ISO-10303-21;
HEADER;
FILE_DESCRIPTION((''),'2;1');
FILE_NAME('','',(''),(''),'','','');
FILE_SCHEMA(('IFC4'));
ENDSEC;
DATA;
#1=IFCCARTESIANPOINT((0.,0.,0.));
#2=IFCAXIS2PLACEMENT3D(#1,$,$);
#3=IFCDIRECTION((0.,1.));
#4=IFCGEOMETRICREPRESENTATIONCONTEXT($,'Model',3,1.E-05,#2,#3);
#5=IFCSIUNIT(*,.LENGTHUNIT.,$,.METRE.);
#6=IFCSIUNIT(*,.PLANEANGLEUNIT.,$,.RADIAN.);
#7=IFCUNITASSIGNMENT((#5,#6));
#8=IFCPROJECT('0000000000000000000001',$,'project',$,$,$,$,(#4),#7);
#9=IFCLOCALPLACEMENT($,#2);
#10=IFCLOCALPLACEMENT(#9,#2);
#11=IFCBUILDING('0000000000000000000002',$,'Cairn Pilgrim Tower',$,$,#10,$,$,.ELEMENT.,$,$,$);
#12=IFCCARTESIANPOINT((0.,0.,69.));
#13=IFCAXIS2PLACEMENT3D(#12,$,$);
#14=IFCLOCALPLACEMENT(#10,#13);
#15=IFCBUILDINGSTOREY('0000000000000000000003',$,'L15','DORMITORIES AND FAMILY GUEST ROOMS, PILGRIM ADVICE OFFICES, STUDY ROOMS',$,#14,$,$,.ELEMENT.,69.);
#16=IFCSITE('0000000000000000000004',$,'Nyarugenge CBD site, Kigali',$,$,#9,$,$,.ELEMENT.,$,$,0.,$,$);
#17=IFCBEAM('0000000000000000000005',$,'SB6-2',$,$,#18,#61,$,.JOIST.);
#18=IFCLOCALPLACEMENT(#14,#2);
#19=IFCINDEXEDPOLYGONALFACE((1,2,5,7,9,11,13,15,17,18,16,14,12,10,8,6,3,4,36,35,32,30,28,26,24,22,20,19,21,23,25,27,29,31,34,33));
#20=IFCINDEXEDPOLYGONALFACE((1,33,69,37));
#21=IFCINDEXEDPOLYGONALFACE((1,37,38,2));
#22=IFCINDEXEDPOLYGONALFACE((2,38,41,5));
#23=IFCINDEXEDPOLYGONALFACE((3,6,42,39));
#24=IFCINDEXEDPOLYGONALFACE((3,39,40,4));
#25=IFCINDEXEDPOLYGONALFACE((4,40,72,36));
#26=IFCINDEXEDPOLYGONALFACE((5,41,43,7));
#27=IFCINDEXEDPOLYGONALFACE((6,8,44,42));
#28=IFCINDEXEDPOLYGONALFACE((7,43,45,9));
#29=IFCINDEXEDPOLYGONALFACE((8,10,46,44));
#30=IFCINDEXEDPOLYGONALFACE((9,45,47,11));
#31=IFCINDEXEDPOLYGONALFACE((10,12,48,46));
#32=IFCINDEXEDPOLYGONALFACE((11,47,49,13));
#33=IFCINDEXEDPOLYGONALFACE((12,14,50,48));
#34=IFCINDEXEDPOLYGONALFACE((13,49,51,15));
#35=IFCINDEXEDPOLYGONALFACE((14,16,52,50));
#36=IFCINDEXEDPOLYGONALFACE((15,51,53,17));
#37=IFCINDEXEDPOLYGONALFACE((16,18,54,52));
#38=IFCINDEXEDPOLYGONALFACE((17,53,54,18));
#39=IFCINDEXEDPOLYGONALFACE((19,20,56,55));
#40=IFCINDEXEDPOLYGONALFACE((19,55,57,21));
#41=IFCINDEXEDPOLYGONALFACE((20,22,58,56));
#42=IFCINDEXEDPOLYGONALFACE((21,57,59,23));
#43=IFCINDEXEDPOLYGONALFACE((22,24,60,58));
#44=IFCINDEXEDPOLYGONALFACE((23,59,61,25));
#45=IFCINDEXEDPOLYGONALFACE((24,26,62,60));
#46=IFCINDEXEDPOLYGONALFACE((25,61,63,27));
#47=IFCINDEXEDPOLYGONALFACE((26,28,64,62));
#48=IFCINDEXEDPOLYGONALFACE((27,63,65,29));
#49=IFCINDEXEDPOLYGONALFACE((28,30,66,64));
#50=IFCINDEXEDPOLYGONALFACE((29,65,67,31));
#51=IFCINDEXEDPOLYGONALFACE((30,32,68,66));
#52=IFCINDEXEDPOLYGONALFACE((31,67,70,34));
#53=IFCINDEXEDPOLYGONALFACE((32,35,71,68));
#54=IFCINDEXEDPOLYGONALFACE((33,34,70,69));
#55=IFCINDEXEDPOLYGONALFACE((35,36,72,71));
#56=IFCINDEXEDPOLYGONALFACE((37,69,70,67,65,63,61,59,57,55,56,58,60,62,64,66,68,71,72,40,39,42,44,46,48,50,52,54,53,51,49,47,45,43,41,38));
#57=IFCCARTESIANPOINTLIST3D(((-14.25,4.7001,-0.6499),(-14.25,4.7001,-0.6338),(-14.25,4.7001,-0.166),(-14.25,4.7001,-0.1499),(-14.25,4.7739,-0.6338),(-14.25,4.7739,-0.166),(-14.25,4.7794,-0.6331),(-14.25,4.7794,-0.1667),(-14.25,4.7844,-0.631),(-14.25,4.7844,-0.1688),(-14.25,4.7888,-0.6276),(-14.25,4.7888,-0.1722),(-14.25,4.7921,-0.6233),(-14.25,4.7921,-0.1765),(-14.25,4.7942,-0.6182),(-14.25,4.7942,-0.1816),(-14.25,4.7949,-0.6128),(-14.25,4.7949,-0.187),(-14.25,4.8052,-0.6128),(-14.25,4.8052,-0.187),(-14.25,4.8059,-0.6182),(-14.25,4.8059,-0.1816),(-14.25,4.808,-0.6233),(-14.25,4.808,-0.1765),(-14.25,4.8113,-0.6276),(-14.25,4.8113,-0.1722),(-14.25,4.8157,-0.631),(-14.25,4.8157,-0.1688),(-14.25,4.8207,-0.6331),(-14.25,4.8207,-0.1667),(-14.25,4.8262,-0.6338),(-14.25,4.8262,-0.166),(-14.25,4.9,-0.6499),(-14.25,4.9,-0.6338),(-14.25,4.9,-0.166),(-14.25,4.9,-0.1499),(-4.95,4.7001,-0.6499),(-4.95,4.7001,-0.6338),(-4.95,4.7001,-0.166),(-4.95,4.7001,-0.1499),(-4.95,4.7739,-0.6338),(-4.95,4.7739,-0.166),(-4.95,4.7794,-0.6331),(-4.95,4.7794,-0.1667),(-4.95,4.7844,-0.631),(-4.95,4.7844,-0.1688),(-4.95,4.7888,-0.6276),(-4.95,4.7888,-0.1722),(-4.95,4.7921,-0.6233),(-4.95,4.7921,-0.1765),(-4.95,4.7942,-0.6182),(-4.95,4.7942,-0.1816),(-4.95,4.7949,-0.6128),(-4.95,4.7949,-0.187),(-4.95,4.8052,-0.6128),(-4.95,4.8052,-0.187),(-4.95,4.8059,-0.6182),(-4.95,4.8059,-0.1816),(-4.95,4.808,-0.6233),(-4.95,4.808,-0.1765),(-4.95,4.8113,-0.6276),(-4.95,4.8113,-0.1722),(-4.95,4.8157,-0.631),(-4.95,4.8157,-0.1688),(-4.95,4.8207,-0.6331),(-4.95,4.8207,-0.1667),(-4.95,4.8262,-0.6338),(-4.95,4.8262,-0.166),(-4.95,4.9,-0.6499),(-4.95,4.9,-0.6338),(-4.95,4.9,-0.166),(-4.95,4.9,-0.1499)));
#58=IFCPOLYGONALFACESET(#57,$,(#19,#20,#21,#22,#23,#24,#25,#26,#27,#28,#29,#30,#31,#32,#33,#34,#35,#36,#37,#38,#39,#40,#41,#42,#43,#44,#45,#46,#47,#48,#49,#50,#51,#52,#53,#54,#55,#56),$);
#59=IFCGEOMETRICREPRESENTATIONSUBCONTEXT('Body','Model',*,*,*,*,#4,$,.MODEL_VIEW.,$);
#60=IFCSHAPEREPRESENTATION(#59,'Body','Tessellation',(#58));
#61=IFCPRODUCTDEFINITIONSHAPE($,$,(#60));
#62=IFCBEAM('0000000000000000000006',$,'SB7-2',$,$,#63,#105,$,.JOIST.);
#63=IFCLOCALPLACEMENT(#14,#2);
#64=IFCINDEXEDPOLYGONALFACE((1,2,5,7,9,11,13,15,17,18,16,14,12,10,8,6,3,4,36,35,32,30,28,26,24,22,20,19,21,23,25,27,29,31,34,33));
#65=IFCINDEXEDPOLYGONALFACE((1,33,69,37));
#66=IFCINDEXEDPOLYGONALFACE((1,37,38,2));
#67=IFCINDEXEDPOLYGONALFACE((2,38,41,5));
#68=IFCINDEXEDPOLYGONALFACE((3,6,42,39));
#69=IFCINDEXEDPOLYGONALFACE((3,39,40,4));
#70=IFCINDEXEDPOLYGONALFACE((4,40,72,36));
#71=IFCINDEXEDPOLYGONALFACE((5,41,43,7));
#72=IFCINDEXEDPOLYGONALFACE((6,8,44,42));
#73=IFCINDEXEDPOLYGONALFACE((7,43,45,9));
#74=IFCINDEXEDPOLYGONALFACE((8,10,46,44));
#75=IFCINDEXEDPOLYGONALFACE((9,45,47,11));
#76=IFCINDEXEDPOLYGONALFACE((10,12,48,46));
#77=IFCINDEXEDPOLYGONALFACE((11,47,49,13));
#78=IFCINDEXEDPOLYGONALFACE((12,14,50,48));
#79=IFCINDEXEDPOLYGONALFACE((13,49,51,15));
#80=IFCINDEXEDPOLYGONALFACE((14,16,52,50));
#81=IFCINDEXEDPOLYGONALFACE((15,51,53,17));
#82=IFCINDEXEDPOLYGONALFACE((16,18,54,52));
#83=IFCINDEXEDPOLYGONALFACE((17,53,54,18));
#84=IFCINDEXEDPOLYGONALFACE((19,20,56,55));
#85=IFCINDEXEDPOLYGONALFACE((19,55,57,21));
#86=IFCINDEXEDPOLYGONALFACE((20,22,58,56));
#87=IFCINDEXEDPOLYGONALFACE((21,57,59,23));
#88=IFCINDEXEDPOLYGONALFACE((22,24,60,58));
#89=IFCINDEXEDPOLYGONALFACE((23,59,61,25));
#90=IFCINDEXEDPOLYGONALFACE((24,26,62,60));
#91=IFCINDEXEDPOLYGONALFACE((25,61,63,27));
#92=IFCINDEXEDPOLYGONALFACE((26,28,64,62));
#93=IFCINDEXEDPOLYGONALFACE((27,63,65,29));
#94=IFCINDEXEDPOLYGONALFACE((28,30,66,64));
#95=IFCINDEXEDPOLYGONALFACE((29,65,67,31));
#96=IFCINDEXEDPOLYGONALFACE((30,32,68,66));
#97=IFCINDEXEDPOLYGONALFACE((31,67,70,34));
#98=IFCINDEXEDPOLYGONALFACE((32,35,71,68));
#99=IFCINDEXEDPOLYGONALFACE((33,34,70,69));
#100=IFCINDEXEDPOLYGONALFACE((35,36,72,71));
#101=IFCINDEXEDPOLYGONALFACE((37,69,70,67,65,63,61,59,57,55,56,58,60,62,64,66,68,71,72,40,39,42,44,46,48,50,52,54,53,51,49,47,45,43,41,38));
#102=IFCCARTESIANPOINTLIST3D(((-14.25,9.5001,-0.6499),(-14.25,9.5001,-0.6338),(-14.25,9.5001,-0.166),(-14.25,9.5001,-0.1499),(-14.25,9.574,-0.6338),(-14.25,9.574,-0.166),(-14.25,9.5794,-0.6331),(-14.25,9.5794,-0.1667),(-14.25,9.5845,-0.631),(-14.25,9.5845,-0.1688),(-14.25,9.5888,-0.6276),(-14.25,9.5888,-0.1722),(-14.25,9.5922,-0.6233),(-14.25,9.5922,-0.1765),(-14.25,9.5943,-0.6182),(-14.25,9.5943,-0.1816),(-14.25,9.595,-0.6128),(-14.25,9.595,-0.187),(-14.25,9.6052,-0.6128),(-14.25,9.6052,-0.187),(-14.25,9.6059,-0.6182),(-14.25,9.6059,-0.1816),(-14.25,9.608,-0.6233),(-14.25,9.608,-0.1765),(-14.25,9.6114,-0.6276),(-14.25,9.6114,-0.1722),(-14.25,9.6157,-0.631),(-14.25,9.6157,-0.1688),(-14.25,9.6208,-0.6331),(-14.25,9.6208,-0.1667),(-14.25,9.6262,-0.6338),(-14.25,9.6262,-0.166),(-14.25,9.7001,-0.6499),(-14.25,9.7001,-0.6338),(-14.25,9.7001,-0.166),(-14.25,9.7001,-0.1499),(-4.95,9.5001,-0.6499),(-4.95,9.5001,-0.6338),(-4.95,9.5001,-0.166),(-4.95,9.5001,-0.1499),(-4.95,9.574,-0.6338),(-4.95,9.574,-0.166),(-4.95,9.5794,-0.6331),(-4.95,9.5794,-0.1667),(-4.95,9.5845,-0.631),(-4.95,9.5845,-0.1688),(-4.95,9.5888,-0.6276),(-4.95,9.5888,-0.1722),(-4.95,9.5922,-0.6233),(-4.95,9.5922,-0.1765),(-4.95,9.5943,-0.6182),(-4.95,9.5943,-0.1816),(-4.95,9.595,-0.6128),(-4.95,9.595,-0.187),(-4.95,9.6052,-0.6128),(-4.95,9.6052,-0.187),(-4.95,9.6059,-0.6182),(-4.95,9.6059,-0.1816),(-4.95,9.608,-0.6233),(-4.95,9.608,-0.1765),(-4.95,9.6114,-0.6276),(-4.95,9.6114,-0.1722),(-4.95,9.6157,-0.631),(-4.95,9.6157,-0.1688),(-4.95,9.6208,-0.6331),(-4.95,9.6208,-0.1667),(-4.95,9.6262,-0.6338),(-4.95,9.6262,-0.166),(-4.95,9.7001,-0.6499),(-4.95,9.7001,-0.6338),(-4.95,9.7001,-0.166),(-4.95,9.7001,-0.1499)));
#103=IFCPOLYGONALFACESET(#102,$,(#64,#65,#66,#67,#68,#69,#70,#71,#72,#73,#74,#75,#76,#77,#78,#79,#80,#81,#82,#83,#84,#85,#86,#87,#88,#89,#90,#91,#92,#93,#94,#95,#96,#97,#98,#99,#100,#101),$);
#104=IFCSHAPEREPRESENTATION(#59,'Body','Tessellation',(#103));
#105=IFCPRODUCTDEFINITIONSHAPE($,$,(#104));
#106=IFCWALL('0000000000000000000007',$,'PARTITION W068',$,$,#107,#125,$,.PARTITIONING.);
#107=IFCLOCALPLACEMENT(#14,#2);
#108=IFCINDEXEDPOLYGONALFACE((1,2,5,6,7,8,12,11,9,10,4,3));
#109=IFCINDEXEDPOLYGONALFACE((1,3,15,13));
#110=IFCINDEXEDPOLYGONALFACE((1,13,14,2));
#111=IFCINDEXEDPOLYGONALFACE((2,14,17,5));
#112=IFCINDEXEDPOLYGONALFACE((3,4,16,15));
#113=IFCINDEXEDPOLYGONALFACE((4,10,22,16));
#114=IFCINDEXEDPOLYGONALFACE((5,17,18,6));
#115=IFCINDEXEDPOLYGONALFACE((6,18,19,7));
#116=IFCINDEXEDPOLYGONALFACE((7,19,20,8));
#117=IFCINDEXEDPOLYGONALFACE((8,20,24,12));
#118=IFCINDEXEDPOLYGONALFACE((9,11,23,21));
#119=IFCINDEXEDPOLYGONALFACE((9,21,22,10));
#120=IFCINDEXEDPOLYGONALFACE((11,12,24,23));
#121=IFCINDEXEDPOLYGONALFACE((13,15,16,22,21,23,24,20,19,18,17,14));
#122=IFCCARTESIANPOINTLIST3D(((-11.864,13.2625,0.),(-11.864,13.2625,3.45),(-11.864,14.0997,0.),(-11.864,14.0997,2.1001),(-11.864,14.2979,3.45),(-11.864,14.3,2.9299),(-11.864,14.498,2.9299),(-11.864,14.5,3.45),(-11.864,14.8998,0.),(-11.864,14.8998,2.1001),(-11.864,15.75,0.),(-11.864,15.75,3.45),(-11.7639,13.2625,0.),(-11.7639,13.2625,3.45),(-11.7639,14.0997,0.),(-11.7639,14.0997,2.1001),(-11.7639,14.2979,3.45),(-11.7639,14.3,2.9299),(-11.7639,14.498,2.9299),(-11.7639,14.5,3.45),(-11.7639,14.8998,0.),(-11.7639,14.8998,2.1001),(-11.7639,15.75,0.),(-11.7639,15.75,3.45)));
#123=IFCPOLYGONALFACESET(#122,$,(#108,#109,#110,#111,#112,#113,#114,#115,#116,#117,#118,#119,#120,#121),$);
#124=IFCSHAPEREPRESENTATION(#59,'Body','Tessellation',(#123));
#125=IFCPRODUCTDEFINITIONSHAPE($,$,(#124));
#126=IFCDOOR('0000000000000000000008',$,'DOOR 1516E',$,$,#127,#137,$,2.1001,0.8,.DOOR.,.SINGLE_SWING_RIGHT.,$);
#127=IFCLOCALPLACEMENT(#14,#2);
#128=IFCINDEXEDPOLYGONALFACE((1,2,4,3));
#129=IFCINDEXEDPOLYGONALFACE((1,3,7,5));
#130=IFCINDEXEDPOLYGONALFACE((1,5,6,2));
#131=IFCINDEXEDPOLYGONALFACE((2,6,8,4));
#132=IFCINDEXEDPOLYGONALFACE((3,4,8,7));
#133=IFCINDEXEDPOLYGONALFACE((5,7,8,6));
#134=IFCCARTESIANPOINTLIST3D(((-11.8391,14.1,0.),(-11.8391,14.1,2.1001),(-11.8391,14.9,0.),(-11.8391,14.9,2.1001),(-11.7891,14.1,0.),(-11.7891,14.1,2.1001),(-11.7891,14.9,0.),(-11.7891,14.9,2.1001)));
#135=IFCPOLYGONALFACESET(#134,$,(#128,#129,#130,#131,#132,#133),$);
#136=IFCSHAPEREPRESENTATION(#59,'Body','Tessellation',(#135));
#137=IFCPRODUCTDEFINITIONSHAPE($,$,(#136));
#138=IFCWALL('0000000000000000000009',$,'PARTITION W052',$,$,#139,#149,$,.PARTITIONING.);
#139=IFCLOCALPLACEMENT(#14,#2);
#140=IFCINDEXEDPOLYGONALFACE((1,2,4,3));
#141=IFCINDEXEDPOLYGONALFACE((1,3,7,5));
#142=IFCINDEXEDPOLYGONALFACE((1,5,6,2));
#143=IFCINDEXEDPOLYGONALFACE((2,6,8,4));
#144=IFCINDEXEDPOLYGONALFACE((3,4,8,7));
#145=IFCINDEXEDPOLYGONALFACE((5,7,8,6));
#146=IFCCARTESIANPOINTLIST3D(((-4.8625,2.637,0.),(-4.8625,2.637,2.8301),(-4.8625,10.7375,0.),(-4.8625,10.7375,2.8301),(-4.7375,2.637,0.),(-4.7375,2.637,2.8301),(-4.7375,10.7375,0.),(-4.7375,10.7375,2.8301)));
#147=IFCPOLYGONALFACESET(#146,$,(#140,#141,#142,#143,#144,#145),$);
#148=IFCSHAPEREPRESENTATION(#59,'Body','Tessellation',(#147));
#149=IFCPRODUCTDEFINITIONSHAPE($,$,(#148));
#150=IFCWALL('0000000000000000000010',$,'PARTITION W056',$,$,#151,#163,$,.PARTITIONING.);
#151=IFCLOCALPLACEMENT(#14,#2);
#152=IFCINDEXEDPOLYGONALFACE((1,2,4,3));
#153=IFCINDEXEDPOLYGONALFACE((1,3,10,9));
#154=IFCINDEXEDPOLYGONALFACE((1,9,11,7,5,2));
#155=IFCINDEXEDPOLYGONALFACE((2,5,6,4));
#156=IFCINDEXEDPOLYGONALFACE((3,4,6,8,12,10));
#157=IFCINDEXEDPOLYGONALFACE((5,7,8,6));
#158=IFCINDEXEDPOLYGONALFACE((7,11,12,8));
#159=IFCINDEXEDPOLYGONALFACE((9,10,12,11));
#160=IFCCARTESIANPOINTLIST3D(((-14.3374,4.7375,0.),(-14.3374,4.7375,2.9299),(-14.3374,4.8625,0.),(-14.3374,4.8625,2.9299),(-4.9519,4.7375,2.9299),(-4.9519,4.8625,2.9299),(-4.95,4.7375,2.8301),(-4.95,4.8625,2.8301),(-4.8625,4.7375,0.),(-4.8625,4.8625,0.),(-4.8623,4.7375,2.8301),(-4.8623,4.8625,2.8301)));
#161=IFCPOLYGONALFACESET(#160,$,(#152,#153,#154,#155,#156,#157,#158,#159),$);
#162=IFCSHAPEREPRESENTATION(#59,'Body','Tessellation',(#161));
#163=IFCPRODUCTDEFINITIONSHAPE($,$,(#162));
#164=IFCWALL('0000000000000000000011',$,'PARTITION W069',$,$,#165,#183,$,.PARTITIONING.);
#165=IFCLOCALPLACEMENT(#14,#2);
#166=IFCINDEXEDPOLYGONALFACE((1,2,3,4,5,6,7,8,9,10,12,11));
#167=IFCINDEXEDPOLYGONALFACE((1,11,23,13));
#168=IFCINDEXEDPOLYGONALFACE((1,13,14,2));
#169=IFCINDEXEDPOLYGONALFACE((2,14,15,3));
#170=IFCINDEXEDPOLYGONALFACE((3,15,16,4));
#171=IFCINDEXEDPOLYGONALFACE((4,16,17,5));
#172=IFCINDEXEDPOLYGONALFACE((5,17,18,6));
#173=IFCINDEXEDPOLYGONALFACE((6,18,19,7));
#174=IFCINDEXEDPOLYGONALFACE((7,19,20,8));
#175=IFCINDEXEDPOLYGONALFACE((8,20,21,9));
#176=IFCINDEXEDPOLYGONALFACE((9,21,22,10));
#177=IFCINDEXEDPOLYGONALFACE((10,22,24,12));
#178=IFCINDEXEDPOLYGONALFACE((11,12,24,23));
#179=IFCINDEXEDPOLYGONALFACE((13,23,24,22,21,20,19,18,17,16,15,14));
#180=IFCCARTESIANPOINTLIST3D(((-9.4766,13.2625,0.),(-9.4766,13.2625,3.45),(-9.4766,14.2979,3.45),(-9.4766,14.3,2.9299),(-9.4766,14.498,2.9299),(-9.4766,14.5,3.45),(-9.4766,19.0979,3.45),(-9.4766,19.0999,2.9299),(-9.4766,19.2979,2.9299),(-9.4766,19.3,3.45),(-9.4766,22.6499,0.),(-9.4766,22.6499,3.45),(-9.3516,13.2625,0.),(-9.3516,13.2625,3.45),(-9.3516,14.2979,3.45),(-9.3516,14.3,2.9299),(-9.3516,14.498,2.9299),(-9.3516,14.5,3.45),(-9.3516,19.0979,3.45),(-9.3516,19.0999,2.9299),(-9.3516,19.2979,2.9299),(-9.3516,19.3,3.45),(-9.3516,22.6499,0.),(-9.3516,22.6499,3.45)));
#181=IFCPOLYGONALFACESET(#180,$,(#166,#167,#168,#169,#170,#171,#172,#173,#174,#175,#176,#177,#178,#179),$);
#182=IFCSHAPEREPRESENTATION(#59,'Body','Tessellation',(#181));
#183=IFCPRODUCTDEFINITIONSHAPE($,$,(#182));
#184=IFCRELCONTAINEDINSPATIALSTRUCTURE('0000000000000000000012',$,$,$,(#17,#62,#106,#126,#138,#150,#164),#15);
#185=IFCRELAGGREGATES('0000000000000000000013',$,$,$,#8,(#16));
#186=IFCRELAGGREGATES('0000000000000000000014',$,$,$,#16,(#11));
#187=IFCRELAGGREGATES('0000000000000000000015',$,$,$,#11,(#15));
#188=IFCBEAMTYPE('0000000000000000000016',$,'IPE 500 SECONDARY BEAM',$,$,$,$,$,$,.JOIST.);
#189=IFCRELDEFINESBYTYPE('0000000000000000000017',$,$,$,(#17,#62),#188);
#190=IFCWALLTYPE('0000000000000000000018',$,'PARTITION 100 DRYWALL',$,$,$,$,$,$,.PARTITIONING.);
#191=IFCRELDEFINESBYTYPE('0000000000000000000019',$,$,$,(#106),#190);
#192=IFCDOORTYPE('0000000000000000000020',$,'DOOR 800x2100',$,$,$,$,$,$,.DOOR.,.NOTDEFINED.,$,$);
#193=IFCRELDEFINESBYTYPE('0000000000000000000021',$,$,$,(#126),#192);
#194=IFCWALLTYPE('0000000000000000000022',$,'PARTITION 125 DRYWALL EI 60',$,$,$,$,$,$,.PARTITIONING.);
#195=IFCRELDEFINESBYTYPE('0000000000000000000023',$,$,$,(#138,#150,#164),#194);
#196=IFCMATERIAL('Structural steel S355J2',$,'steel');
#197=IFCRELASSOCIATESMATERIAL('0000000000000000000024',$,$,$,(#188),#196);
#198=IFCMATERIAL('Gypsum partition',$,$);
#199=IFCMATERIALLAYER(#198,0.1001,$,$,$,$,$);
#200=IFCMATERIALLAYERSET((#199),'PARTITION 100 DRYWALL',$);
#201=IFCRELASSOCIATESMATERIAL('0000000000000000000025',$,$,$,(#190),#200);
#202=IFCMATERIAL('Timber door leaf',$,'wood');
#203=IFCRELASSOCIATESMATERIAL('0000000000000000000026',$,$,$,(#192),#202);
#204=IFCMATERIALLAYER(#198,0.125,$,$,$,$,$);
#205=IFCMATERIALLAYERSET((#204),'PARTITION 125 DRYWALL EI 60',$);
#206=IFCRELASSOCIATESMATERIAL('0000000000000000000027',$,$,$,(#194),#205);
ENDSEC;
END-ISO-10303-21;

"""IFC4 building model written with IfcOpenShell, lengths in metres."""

from ifc_helpers import new_model, si_unit, direction, frame, frame_2d, origin, origin_2d, place, context, subcontext, project, spatial, polyline, rectangle, i_section, outline, extrude, material, layer, layer_set, material_profile, profile_set, type_object, element, fill, save


model = new_model("IFC4")

# Units and contexts
model_context = context("Model", 3, precision=1e-05, world=origin(), true_north=direction((0.0, 1.0)))
body_context = subcontext(model_context, "Body", "Model", "MODEL_VIEW")
ifc_project = project(units=[si_unit("LENGTHUNIT", "METRE"), si_unit("PLANEANGLEUNIT", "RADIAN")], contexts=[model_context])

# Site, building, storey
site_placement = place(None, origin())
site = spatial("IfcSite", under=ifc_project, at=site_placement, Name="Nyarugenge CBD site, Kigali", CompositionType="ELEMENT", RefElevation=0.0)
building_placement = place(site_placement, origin())
building = spatial("IfcBuilding", under=site, at=building_placement, Name="Cairn Pilgrim Tower", CompositionType="ELEMENT")
storey_placement = place(building_placement, frame((0.0, 0.0, 69.0)))
storey = spatial("IfcBuildingStorey", under=building, at=storey_placement, Name="L15", Description="DORMITORIES AND FAMILY GUEST ROOMS, PILGRIM ADVICE OFFICES, STUDY ROOMS", CompositionType="ELEMENT", Elevation=69.0)

# Beams
ifc_material_1 = material(Name="Structural steel S355J2", Category="steel")
ifc_material_profile_1 = material_profile(ifc_material_1, i_section(OverallWidth=0.2, OverallDepth=0.5, WebThickness=0.0103, FlangeThickness=0.0161, FilletRadius=0.021, at=origin_2d()), Name="IPE 500")
ifc_profile_set_1 = profile_set([ifc_material_profile_1], Name="Structural steel S355J2")
beam_type_1 = type_object("IfcBeamType", Name="IPE 500 SECONDARY BEAM", PredefinedType="JOIST", material=ifc_profile_set_1)
for number, where, z_axis, x_axis, name in (
    (1, (-14.25, 4.8, -0.3999), (1.0, 0.0, 0.0), (0.0, 1.0, 0.0), "SB6-2"),
    (2, (-14.25, 9.6001, -0.3999), (1.0, 0.0, 0.0), (0.0, 1.0, 0.0), "SB7-2"),
):
    element("IfcBeam", number, at=place(storey_placement, frame(where, z_axis=z_axis, x_axis=x_axis)), inside=storey, type_object=beam_type_1, Name=name, PredefinedType="JOIST", context=body_context, shape_type="SweptSolid", body=[
        extrude(i_section(OverallWidth=0.2, OverallDepth=0.5, WebThickness=0.0103, FlangeThickness=0.0161, FilletRadius=0.021, at=origin_2d()), origin(), (0.0, 0.0, 1.0), 9.3),
    ])

# Wall, opening, door
ifc_material_2 = material(Name="Gypsum partition")
ifc_layer_1 = layer(ifc_material_2, 0.1001)
ifc_layer_set_1 = layer_set([ifc_layer_1], Name="PARTITION 100 DRYWALL")
wall_type_1 = type_object("IfcWallType", Name="PARTITION 100 DRYWALL", PredefinedType="PARTITIONING", material=ifc_layer_set_1)
wall_1_placement = place(storey_placement, frame((-11.814, 13.2625, 0.0), z_axis=(0.0, 0.0, 1.0), x_axis=(0.0, 1.0, 0.0)))
wall_1 = element("IfcWall", 3, at=wall_1_placement, inside=storey, type_object=wall_type_1, Name="PARTITION W068", PredefinedType="PARTITIONING", context=body_context, shape_type="SweptSolid", body=[
    extrude(outline(polyline([(0.0, 0.0), (2.4875, 0.0), (2.4875, 3.45), (1.2375, 3.45), (1.2356, 2.9299), (1.0376, 2.9299), (1.0354, 3.45), (0.0, 3.45), (0.0, 0.0)])), frame((0.0, 0.05, 0.0), z_axis=(0.0, -1.0, 0.0), x_axis=(1.0, 0.0, 0.0)), (0.0, 0.0, 1.0), 0.1001),
])
opening_placement = place(wall_1_placement, frame((0.8374, 0.0, 0.0)))
opening = element("IfcOpeningElement", 4, at=opening_placement, cuts=wall_1, PredefinedType="OPENING", context=body_context, shape_type="SweptSolid", body=[
    extrude(rectangle(XDim=0.8, YDim=2.1001, at=frame_2d((0.3999, 1.05))), frame((0.0, 0.0601, 0.0), z_axis=(0.0, -1.0, 0.0), x_axis=(1.0, 0.0, 0.0)), (0.0, 0.0, 1.0), 0.1201),
])
ifc_material_3 = material(Name="Timber door leaf", Category="wood")
door_type = type_object("IfcDoorType", Name="DOOR 800x2100", OperationType="NOTDEFINED", PredefinedType="DOOR", material=ifc_material_3)
door_placement = place(opening_placement, frame((0.8, 0.0, 0.0), z_axis=(0.0, 0.0, 1.0), x_axis=(-1.0, 0.0, 0.0)))
door = element("IfcDoor", 5, at=door_placement, inside=storey, type_object=door_type, Name="DOOR 1516E", OperationType="SINGLE_SWING_RIGHT", OverallHeight=2.1001, OverallWidth=0.8, PredefinedType="DOOR", context=body_context, shape_type="SweptSolid", body=[
    extrude(rectangle(XDim=0.8, YDim=2.1001, at=frame_2d((0.3999, 1.05))), frame((0.0, 0.0249, 0.0), z_axis=(0.0, -1.0, 0.0), x_axis=(1.0, 0.0, 0.0)), (0.0, 0.0, 1.0), 0.05),
])
fill(opening, door)

# Walls
ifc_layer_2 = layer(ifc_material_2, 0.125)
ifc_layer_set_2 = layer_set([ifc_layer_2], Name="PARTITION 125 DRYWALL EI 60")
wall_type_2 = type_object("IfcWallType", Name="PARTITION 125 DRYWALL EI 60", PredefinedType="PARTITIONING", material=ifc_layer_set_2)
wall_2_placement = place(storey_placement, frame((-4.8, 2.637, 0.0), z_axis=(0.0, 0.0, 1.0), x_axis=(0.0, 1.0, 0.0)))
element("IfcWall", 6, at=wall_2_placement, inside=storey, type_object=wall_type_2, Name="PARTITION W052", PredefinedType="PARTITIONING", context=body_context, shape_type="SweptSolid", body=[
    extrude(rectangle(XDim=8.1006, YDim=0.125, at=frame_2d((4.0503, 0.0))), origin(), (0.0, 0.0, 1.0), 2.8301),
])
wall_3_placement = place(storey_placement, frame((-14.3374, 4.8, 0.0), z_axis=(0.0, 0.0, 1.0), x_axis=(1.0, 0.0, 0.0)))
element("IfcWall", 7, at=wall_3_placement, inside=storey, type_object=wall_type_2, Name="PARTITION W056", PredefinedType="PARTITIONING", context=body_context, shape_type="SweptSolid", body=[
    extrude(outline(polyline([(0.0, 0.0), (9.4749, 0.0), (9.4751, 2.8301), (9.3875, 2.8301), (9.3855, 2.9299), (0.0, 2.9299), (0.0, 0.0)])), frame((0.0, 0.0625, 0.0), z_axis=(0.0, -1.0, 0.0), x_axis=(1.0, 0.0, 0.0)), (0.0, 0.0, 1.0), 0.125),
])
wall_4_placement = place(storey_placement, frame((-9.4141, 13.2625, 0.0), z_axis=(0.0, 0.0, 1.0), x_axis=(0.0, 1.0, 0.0)))
element("IfcWall", 8, at=wall_4_placement, inside=storey, type_object=wall_type_2, Name="PARTITION W069", PredefinedType="PARTITIONING", context=body_context, shape_type="SweptSolid", body=[
    extrude(outline(polyline([(0.0, 0.0), (9.3875, 0.0), (9.3875, 3.45), (6.0376, 3.45), (6.0354, 2.9299), (5.8374, 2.9299), (5.8354, 3.45), (1.2375, 3.45), (1.2356, 2.9299), (1.0376, 2.9299), (1.0354, 3.45), (0.0, 3.45), (0.0, 0.0)])), frame((0.0, 0.0625, 0.0), z_axis=(0.0, -1.0, 0.0), x_axis=(1.0, 0.0, 0.0)), (0.0, 0.0, 1.0), 0.125),
])

save(model, "model.ifc")
